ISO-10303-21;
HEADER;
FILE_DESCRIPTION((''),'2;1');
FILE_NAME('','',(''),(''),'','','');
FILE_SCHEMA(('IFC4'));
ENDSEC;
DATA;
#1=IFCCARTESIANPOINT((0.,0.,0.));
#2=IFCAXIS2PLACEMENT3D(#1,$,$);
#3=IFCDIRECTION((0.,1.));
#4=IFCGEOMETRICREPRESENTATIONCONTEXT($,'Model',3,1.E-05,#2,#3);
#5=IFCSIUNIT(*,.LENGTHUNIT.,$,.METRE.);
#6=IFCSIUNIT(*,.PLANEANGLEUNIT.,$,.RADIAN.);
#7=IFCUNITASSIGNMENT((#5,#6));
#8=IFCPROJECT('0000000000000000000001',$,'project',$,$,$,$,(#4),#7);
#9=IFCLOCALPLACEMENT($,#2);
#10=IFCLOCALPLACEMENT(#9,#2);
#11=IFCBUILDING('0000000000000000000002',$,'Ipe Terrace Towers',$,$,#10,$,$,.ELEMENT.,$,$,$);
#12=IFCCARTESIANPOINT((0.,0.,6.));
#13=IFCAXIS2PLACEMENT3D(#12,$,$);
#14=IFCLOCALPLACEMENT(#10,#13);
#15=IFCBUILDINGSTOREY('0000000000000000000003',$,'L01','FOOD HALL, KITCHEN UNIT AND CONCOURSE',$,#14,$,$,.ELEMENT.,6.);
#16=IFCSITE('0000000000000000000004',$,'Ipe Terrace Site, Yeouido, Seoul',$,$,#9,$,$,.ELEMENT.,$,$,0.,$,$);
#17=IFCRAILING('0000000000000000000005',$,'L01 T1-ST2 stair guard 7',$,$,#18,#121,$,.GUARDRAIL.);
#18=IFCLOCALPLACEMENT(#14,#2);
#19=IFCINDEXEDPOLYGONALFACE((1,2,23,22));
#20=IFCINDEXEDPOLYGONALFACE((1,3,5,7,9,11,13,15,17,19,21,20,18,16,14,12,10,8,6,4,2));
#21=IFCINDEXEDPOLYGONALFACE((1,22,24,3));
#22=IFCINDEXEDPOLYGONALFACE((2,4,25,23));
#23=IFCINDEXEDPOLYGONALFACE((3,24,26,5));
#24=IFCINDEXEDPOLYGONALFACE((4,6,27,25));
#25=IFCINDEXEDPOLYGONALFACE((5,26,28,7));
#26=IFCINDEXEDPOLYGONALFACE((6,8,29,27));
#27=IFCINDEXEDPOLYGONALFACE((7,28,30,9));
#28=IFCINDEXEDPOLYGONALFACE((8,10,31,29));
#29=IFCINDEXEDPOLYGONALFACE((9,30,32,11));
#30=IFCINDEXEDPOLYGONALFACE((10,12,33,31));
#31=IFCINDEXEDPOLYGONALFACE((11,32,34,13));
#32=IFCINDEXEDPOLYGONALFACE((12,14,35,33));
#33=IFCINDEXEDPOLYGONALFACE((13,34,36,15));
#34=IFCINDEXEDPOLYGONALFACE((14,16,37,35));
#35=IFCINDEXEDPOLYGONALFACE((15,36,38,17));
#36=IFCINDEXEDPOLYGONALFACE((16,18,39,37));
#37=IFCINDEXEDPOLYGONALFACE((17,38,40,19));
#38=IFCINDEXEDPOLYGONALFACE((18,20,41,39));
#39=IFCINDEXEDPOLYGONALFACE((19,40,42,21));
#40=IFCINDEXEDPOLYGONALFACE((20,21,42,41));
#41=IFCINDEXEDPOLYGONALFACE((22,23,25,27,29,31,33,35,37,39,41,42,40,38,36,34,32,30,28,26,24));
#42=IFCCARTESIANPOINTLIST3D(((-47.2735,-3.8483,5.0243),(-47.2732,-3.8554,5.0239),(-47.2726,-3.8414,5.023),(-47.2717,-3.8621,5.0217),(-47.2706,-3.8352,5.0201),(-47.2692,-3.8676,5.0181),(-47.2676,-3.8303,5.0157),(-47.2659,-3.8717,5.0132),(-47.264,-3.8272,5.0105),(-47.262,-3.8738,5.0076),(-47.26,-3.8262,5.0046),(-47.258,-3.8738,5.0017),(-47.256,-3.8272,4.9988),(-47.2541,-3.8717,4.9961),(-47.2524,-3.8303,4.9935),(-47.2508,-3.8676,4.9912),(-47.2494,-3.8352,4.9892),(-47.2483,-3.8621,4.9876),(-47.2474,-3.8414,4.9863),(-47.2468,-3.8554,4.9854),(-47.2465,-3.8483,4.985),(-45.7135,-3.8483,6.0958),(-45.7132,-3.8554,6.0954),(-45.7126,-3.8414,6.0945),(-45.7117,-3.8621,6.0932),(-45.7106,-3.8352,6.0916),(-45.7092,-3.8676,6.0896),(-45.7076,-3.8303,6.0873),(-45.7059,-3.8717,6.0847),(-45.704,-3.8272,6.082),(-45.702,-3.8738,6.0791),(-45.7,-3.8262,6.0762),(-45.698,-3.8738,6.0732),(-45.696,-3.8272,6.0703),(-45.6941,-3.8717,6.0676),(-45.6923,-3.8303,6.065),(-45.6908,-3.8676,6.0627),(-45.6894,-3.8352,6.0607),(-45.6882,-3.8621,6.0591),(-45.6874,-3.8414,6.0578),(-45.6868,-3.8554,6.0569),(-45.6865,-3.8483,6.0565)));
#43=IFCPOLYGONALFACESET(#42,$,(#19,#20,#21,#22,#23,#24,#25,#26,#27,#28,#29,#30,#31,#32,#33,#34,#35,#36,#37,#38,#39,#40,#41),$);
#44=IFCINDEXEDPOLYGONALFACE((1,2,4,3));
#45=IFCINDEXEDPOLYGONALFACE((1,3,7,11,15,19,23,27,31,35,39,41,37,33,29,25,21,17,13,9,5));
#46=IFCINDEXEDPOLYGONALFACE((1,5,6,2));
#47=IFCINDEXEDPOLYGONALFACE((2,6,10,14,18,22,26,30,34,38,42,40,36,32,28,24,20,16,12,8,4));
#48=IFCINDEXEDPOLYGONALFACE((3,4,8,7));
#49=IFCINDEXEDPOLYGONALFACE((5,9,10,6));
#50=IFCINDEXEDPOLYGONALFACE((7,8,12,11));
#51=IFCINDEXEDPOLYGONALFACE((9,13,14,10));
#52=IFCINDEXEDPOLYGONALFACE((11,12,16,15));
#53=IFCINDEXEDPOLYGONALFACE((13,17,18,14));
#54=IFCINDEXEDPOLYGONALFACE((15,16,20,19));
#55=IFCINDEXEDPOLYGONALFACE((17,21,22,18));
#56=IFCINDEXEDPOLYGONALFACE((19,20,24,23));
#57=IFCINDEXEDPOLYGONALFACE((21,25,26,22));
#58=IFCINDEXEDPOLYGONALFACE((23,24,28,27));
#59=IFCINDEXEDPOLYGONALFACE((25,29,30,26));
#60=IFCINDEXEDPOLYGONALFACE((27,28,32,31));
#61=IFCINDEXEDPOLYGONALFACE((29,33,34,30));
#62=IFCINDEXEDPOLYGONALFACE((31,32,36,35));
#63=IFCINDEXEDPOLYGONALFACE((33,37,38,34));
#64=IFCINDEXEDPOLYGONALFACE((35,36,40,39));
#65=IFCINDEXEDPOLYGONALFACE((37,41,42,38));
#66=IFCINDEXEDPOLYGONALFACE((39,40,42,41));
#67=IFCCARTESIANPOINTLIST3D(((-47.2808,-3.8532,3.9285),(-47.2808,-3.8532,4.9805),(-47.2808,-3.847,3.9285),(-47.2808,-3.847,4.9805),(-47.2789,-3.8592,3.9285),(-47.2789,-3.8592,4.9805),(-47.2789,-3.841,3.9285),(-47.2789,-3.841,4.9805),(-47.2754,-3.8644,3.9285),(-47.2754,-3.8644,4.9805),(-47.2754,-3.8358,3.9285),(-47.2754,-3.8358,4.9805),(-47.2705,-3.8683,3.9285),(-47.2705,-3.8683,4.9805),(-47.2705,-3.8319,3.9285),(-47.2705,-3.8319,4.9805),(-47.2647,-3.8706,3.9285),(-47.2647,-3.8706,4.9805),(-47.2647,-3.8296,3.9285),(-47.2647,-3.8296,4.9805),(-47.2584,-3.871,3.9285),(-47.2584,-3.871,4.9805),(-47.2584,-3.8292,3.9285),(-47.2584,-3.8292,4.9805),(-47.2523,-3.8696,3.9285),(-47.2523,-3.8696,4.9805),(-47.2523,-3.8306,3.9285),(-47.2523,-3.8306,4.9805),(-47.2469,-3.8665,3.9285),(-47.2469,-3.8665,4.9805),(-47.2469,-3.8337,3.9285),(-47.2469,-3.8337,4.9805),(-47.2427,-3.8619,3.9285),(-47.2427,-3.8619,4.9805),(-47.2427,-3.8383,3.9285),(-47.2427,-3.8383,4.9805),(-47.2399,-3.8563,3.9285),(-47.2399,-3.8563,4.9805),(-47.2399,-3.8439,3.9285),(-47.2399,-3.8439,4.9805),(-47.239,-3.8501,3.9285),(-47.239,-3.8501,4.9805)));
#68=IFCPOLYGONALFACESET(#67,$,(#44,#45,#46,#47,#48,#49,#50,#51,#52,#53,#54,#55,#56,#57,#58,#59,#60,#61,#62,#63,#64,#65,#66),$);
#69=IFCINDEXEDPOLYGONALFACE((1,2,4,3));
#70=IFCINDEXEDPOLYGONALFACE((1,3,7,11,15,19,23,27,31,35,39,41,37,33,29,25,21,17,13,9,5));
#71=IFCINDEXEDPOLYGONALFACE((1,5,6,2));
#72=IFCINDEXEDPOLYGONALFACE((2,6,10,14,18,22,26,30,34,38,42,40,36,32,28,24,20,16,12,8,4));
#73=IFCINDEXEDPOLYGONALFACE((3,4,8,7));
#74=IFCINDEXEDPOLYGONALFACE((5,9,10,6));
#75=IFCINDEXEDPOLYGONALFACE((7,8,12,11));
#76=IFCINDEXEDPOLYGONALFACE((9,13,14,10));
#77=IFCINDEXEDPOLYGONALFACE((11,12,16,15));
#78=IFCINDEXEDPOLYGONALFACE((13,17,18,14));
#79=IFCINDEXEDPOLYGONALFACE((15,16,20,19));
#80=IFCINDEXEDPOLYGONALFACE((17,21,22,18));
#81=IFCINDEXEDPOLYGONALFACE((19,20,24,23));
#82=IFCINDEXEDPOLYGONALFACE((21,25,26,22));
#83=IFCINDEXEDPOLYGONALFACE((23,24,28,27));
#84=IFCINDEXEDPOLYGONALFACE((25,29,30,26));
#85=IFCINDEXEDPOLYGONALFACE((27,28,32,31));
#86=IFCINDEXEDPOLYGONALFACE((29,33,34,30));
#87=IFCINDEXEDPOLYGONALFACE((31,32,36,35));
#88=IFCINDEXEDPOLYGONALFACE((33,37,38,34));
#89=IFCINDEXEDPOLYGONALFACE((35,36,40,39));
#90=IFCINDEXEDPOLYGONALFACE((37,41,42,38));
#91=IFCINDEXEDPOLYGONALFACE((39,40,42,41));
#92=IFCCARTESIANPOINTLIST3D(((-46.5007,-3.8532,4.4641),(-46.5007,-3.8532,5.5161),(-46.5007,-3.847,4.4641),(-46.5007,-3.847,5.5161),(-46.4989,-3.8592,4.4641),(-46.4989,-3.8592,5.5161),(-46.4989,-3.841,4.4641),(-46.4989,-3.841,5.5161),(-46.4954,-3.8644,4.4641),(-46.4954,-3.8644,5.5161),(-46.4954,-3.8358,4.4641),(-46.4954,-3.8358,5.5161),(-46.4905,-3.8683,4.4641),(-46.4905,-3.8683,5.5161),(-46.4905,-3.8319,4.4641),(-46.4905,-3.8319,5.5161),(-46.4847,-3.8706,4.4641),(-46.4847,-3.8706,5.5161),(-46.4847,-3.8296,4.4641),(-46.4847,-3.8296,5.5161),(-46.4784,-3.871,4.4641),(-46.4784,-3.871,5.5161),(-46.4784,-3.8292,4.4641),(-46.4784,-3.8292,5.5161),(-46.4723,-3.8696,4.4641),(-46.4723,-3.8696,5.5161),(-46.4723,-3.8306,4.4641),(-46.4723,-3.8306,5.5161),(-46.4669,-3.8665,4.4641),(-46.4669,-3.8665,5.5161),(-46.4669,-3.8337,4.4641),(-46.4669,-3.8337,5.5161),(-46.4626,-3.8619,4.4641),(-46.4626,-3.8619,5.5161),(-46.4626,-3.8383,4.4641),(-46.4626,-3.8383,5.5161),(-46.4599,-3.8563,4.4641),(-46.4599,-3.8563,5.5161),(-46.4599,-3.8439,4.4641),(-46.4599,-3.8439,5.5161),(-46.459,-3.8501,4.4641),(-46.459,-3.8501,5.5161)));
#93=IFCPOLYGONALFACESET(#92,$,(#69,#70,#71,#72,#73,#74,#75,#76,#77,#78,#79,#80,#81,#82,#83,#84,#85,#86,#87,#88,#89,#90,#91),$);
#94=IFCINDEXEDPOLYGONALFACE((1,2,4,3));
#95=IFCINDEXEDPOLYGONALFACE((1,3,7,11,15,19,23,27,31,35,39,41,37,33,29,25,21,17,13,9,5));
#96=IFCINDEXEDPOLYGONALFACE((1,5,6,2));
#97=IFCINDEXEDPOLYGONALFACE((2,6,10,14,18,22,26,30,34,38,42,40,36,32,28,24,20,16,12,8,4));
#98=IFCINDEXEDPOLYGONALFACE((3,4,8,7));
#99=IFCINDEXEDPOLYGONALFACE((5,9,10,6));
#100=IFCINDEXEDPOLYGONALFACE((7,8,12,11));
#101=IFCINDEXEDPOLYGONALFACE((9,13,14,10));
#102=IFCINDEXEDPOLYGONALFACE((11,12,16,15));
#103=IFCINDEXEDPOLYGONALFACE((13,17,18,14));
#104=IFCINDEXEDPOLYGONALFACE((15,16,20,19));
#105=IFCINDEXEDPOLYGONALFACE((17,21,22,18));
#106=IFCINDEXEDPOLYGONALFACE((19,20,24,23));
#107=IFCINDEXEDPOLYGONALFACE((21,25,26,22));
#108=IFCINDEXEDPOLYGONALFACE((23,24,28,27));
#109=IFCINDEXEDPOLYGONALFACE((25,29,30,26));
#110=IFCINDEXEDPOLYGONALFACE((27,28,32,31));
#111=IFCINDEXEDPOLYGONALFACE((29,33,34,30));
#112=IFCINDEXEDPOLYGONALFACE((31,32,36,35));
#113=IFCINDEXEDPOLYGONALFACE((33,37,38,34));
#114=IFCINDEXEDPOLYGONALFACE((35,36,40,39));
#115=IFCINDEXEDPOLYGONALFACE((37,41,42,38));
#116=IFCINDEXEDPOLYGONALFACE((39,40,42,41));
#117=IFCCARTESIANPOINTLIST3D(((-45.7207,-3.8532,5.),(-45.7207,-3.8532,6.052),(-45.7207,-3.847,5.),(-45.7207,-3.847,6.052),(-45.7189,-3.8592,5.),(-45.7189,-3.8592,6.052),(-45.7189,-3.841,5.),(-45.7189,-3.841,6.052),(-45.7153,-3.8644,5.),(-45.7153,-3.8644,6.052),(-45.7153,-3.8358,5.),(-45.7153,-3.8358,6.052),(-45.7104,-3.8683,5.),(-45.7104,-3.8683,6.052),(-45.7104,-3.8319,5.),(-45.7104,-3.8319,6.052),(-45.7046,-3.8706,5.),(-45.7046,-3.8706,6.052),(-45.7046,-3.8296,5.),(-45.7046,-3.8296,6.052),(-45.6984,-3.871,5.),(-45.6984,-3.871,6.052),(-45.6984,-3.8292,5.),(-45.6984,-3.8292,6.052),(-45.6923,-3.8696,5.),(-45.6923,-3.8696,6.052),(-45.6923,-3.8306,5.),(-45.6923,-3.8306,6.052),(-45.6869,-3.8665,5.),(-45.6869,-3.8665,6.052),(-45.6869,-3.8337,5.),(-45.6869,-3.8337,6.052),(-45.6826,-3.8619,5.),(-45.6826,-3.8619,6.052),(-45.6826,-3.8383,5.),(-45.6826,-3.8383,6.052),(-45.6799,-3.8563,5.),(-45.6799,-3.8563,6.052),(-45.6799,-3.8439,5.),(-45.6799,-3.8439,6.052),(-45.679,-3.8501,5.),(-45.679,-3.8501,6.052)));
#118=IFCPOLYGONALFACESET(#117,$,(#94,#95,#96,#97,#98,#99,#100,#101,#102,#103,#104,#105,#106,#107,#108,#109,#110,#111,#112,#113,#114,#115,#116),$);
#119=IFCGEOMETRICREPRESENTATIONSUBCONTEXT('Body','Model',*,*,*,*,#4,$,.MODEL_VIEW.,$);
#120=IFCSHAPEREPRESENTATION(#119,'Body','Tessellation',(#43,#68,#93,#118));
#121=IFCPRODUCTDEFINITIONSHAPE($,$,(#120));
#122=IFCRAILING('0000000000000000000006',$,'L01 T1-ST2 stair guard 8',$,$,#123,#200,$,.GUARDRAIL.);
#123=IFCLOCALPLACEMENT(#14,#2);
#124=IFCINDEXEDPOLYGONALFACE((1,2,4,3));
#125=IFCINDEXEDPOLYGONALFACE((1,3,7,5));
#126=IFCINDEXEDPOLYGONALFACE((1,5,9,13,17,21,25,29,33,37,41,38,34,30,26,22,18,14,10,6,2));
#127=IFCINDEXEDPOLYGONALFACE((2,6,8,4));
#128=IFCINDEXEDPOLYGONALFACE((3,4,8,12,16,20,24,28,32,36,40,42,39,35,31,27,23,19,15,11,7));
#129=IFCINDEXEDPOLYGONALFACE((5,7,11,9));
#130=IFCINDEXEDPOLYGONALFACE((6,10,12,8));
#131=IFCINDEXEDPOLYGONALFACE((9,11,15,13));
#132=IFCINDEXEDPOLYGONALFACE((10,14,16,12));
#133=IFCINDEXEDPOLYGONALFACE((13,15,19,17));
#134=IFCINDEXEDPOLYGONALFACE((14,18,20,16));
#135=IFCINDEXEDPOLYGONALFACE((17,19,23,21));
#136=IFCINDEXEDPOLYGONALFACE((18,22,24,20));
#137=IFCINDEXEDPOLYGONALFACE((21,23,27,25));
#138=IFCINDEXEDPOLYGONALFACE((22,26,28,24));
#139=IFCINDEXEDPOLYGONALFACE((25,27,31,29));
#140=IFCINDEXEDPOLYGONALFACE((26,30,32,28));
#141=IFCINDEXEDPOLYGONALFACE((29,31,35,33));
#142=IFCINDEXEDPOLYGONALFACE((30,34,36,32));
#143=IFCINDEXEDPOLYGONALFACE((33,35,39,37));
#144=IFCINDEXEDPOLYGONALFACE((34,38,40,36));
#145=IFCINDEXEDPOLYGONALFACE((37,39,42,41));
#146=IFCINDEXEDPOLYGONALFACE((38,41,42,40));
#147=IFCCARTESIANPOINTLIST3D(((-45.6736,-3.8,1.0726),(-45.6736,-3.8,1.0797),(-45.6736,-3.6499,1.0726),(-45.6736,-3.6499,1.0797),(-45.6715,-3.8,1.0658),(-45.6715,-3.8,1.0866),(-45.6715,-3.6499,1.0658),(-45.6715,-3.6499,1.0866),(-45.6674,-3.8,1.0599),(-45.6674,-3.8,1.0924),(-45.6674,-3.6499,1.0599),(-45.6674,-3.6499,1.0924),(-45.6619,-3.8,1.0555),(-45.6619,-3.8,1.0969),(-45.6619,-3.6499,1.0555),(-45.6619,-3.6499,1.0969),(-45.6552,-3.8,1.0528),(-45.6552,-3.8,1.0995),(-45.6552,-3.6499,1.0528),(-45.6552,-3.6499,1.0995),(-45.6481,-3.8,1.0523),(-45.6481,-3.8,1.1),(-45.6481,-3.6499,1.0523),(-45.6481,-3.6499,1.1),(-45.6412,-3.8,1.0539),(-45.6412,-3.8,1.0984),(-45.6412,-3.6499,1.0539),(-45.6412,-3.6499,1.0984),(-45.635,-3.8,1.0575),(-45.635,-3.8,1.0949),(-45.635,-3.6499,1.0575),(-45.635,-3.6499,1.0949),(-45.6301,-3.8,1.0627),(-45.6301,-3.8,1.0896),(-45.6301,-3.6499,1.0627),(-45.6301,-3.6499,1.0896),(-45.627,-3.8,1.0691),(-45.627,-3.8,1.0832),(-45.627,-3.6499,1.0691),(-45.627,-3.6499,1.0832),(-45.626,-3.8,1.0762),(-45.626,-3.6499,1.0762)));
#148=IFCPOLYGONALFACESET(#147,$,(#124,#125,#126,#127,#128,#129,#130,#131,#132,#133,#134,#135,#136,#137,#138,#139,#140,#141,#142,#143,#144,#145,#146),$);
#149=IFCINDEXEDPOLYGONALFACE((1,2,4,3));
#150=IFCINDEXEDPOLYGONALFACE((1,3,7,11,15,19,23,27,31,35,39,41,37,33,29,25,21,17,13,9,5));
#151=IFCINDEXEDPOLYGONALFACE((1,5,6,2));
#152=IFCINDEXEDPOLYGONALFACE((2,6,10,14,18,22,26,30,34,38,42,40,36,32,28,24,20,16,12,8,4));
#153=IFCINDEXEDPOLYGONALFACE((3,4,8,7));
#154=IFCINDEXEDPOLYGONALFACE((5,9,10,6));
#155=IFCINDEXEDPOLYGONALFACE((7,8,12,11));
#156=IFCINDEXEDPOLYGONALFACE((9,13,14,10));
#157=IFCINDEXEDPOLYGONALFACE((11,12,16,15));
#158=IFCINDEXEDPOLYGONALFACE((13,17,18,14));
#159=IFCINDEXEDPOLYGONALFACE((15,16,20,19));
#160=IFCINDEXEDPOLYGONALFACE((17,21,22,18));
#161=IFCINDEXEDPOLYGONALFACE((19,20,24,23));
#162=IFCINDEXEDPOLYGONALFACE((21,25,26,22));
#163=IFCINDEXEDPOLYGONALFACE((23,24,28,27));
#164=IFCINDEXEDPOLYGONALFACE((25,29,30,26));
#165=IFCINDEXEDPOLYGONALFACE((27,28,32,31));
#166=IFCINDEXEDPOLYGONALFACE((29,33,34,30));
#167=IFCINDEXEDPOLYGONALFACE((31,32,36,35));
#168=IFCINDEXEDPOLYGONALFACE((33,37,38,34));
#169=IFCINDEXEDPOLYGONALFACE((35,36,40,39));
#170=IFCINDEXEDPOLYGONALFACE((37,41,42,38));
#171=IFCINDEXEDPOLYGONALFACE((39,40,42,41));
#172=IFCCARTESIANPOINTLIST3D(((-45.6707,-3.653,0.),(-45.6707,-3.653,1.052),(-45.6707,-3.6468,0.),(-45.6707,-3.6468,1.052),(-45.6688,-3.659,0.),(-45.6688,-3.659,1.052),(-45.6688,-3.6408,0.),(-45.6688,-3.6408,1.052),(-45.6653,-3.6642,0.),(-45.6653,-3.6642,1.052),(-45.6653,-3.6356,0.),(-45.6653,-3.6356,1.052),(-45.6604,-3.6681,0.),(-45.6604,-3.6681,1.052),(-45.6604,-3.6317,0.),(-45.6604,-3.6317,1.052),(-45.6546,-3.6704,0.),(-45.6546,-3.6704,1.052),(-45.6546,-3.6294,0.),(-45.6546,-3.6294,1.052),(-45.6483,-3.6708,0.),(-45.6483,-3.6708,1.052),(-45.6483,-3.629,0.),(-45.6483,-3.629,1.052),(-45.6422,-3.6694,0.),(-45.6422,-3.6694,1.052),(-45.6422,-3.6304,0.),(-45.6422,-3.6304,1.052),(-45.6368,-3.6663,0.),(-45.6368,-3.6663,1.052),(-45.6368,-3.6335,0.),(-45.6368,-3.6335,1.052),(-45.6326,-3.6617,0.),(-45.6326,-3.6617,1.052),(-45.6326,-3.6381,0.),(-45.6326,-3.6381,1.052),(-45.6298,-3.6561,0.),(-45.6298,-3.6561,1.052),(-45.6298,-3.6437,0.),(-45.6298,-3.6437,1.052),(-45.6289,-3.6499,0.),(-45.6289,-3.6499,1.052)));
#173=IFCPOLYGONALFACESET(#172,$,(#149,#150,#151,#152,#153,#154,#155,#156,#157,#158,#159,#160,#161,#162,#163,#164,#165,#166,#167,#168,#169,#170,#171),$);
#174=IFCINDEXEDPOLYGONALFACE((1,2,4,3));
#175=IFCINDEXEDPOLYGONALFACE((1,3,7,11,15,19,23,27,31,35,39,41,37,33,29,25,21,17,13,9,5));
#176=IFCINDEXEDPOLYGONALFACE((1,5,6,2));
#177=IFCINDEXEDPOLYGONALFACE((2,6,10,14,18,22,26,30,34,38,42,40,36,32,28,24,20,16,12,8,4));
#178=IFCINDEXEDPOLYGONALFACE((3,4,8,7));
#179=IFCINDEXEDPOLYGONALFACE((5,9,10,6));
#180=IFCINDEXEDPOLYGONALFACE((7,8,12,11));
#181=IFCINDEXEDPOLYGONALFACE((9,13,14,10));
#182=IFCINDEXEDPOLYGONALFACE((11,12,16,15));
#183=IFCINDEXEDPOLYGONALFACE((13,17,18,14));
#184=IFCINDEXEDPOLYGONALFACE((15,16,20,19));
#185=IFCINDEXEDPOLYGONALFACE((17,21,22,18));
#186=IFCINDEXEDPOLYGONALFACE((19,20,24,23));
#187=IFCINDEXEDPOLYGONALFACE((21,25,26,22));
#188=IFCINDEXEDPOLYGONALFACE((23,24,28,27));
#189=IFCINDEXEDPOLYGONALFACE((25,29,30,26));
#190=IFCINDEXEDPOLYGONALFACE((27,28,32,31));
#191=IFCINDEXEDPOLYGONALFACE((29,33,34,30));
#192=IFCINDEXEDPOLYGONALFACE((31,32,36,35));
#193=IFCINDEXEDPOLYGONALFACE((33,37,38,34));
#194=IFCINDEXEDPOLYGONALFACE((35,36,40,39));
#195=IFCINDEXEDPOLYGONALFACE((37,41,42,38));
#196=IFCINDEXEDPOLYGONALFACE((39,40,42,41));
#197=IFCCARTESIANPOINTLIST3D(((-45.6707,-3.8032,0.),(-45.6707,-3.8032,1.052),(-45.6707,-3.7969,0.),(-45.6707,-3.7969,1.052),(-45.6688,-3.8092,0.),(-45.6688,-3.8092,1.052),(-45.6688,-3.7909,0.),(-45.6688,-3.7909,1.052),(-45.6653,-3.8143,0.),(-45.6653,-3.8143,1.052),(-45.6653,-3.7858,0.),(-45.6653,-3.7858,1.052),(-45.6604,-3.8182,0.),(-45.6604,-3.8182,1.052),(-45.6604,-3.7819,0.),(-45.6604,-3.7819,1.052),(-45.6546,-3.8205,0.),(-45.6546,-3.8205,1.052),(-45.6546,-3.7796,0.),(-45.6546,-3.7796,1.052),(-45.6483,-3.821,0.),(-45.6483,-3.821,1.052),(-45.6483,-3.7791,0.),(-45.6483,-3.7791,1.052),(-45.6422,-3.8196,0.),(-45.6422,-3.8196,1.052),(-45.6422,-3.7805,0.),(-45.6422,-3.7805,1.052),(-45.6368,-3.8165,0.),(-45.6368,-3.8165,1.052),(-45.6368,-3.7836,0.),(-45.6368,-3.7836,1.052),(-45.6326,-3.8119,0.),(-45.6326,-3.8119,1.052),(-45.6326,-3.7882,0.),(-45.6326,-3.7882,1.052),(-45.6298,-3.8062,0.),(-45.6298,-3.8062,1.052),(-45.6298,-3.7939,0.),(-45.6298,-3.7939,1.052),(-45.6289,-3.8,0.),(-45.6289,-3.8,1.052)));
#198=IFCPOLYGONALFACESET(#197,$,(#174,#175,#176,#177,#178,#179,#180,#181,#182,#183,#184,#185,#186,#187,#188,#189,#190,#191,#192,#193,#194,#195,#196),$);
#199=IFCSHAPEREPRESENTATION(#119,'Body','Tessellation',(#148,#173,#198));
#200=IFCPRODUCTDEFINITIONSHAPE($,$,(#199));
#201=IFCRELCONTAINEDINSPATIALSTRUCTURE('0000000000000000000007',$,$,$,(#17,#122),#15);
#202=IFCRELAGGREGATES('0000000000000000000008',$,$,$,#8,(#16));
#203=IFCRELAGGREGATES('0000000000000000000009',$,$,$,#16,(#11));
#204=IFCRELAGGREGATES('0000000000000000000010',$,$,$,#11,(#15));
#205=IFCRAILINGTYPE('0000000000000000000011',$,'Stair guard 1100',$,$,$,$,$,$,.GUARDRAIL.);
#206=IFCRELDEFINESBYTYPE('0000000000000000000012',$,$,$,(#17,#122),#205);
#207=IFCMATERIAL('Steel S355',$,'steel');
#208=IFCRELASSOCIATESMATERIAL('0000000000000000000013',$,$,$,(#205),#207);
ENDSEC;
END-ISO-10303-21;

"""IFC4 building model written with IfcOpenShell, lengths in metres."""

from ifc_helpers import new_model, si_unit, direction, frame, origin, origin_2d, place, context, subcontext, project, spatial, circle, extrude, material, type_object, element, save


model = new_model("IFC4")

# Units and contexts
model_context = context("Model", 3, precision=1e-05, world=origin(), true_north=direction((0.0, 1.0)))
body_context = subcontext(model_context, "Body", "Model", "MODEL_VIEW")
ifc_project = project(units=[si_unit("LENGTHUNIT", "METRE"), si_unit("PLANEANGLEUNIT", "RADIAN")], contexts=[model_context])

# Site, building, storey
site_placement = place(None, origin())
site = spatial("IfcSite", under=ifc_project, at=site_placement, Name="Ipe Terrace Site, Yeouido, Seoul", CompositionType="ELEMENT", RefElevation=0.0)
building_placement = place(site_placement, origin())
building = spatial("IfcBuilding", under=site, at=building_placement, Name="Ipe Terrace Towers", CompositionType="ELEMENT")
storey_placement = place(building_placement, frame((0.0, 0.0, 6.0)))
storey = spatial("IfcBuildingStorey", under=building, at=storey_placement, Name="L01", Description="FOOD HALL, KITCHEN UNIT AND CONCOURSE", CompositionType="ELEMENT", Elevation=6.0)

# Railings
ifc_material_1 = material(Name="Steel S355", Category="steel")
railing_type_1 = type_object("IfcRailingType", Name="Stair guard 1100", PredefinedType="GUARDRAIL", material=ifc_material_1)
railing_1_placement = place(storey_placement, frame((-47.26, -3.8501, 3.9285)))
element("IfcRailing", 1, at=railing_1_placement, inside=storey, type_object=railing_type_1, Name="L01 T1-ST2 stair guard 7", PredefinedType="GUARDRAIL", context=body_context, shape_type="SweptSolid", body=[
    extrude(circle(Radius=0.0239, at=origin_2d()), frame((0.0, 0.0, 1.0762), z_axis=(0.82429, 0.0, 0.566167), x_axis=(0.0, 1.0, 0.0)), (0.0, 0.0, 1.0), 1.8926),
    extrude(circle(Radius=0.021, at=origin_2d()), origin(), (0.0, 0.0, 1.0), 1.052),
    extrude(circle(Radius=0.021, at=origin_2d()), frame((0.78, 0.0, 0.5356)), (0.0, 0.0, 1.0), 1.052),
    extrude(circle(Radius=0.021, at=origin_2d()), frame((1.5601, 0.0, 1.0715)), (0.0, 0.0, 1.0), 1.052),
])
railing_2_placement = place(storey_placement, frame((-45.6499, -3.6499, 0.0)))
element("IfcRailing", 2, at=railing_2_placement, inside=storey, type_object=railing_type_1, Name="L01 T1-ST2 stair guard 8", PredefinedType="GUARDRAIL", context=body_context, shape_type="SweptSolid", body=[
    extrude(circle(Radius=0.0239, at=origin_2d()), frame((0.0, 0.0, 1.0762), z_axis=(0.0, -1.0, 0.0), x_axis=(1.0, 0.0, 0.0)), (0.0, 0.0, 1.0), 0.1501),
    extrude(circle(Radius=0.021, at=origin_2d()), origin(), (0.0, 0.0, 1.0), 1.052),
    extrude(circle(Radius=0.021, at=origin_2d()), frame((0.0, -0.1501, 0.0)), (0.0, 0.0, 1.0), 1.052),
])

save(model, "model.ifc")
